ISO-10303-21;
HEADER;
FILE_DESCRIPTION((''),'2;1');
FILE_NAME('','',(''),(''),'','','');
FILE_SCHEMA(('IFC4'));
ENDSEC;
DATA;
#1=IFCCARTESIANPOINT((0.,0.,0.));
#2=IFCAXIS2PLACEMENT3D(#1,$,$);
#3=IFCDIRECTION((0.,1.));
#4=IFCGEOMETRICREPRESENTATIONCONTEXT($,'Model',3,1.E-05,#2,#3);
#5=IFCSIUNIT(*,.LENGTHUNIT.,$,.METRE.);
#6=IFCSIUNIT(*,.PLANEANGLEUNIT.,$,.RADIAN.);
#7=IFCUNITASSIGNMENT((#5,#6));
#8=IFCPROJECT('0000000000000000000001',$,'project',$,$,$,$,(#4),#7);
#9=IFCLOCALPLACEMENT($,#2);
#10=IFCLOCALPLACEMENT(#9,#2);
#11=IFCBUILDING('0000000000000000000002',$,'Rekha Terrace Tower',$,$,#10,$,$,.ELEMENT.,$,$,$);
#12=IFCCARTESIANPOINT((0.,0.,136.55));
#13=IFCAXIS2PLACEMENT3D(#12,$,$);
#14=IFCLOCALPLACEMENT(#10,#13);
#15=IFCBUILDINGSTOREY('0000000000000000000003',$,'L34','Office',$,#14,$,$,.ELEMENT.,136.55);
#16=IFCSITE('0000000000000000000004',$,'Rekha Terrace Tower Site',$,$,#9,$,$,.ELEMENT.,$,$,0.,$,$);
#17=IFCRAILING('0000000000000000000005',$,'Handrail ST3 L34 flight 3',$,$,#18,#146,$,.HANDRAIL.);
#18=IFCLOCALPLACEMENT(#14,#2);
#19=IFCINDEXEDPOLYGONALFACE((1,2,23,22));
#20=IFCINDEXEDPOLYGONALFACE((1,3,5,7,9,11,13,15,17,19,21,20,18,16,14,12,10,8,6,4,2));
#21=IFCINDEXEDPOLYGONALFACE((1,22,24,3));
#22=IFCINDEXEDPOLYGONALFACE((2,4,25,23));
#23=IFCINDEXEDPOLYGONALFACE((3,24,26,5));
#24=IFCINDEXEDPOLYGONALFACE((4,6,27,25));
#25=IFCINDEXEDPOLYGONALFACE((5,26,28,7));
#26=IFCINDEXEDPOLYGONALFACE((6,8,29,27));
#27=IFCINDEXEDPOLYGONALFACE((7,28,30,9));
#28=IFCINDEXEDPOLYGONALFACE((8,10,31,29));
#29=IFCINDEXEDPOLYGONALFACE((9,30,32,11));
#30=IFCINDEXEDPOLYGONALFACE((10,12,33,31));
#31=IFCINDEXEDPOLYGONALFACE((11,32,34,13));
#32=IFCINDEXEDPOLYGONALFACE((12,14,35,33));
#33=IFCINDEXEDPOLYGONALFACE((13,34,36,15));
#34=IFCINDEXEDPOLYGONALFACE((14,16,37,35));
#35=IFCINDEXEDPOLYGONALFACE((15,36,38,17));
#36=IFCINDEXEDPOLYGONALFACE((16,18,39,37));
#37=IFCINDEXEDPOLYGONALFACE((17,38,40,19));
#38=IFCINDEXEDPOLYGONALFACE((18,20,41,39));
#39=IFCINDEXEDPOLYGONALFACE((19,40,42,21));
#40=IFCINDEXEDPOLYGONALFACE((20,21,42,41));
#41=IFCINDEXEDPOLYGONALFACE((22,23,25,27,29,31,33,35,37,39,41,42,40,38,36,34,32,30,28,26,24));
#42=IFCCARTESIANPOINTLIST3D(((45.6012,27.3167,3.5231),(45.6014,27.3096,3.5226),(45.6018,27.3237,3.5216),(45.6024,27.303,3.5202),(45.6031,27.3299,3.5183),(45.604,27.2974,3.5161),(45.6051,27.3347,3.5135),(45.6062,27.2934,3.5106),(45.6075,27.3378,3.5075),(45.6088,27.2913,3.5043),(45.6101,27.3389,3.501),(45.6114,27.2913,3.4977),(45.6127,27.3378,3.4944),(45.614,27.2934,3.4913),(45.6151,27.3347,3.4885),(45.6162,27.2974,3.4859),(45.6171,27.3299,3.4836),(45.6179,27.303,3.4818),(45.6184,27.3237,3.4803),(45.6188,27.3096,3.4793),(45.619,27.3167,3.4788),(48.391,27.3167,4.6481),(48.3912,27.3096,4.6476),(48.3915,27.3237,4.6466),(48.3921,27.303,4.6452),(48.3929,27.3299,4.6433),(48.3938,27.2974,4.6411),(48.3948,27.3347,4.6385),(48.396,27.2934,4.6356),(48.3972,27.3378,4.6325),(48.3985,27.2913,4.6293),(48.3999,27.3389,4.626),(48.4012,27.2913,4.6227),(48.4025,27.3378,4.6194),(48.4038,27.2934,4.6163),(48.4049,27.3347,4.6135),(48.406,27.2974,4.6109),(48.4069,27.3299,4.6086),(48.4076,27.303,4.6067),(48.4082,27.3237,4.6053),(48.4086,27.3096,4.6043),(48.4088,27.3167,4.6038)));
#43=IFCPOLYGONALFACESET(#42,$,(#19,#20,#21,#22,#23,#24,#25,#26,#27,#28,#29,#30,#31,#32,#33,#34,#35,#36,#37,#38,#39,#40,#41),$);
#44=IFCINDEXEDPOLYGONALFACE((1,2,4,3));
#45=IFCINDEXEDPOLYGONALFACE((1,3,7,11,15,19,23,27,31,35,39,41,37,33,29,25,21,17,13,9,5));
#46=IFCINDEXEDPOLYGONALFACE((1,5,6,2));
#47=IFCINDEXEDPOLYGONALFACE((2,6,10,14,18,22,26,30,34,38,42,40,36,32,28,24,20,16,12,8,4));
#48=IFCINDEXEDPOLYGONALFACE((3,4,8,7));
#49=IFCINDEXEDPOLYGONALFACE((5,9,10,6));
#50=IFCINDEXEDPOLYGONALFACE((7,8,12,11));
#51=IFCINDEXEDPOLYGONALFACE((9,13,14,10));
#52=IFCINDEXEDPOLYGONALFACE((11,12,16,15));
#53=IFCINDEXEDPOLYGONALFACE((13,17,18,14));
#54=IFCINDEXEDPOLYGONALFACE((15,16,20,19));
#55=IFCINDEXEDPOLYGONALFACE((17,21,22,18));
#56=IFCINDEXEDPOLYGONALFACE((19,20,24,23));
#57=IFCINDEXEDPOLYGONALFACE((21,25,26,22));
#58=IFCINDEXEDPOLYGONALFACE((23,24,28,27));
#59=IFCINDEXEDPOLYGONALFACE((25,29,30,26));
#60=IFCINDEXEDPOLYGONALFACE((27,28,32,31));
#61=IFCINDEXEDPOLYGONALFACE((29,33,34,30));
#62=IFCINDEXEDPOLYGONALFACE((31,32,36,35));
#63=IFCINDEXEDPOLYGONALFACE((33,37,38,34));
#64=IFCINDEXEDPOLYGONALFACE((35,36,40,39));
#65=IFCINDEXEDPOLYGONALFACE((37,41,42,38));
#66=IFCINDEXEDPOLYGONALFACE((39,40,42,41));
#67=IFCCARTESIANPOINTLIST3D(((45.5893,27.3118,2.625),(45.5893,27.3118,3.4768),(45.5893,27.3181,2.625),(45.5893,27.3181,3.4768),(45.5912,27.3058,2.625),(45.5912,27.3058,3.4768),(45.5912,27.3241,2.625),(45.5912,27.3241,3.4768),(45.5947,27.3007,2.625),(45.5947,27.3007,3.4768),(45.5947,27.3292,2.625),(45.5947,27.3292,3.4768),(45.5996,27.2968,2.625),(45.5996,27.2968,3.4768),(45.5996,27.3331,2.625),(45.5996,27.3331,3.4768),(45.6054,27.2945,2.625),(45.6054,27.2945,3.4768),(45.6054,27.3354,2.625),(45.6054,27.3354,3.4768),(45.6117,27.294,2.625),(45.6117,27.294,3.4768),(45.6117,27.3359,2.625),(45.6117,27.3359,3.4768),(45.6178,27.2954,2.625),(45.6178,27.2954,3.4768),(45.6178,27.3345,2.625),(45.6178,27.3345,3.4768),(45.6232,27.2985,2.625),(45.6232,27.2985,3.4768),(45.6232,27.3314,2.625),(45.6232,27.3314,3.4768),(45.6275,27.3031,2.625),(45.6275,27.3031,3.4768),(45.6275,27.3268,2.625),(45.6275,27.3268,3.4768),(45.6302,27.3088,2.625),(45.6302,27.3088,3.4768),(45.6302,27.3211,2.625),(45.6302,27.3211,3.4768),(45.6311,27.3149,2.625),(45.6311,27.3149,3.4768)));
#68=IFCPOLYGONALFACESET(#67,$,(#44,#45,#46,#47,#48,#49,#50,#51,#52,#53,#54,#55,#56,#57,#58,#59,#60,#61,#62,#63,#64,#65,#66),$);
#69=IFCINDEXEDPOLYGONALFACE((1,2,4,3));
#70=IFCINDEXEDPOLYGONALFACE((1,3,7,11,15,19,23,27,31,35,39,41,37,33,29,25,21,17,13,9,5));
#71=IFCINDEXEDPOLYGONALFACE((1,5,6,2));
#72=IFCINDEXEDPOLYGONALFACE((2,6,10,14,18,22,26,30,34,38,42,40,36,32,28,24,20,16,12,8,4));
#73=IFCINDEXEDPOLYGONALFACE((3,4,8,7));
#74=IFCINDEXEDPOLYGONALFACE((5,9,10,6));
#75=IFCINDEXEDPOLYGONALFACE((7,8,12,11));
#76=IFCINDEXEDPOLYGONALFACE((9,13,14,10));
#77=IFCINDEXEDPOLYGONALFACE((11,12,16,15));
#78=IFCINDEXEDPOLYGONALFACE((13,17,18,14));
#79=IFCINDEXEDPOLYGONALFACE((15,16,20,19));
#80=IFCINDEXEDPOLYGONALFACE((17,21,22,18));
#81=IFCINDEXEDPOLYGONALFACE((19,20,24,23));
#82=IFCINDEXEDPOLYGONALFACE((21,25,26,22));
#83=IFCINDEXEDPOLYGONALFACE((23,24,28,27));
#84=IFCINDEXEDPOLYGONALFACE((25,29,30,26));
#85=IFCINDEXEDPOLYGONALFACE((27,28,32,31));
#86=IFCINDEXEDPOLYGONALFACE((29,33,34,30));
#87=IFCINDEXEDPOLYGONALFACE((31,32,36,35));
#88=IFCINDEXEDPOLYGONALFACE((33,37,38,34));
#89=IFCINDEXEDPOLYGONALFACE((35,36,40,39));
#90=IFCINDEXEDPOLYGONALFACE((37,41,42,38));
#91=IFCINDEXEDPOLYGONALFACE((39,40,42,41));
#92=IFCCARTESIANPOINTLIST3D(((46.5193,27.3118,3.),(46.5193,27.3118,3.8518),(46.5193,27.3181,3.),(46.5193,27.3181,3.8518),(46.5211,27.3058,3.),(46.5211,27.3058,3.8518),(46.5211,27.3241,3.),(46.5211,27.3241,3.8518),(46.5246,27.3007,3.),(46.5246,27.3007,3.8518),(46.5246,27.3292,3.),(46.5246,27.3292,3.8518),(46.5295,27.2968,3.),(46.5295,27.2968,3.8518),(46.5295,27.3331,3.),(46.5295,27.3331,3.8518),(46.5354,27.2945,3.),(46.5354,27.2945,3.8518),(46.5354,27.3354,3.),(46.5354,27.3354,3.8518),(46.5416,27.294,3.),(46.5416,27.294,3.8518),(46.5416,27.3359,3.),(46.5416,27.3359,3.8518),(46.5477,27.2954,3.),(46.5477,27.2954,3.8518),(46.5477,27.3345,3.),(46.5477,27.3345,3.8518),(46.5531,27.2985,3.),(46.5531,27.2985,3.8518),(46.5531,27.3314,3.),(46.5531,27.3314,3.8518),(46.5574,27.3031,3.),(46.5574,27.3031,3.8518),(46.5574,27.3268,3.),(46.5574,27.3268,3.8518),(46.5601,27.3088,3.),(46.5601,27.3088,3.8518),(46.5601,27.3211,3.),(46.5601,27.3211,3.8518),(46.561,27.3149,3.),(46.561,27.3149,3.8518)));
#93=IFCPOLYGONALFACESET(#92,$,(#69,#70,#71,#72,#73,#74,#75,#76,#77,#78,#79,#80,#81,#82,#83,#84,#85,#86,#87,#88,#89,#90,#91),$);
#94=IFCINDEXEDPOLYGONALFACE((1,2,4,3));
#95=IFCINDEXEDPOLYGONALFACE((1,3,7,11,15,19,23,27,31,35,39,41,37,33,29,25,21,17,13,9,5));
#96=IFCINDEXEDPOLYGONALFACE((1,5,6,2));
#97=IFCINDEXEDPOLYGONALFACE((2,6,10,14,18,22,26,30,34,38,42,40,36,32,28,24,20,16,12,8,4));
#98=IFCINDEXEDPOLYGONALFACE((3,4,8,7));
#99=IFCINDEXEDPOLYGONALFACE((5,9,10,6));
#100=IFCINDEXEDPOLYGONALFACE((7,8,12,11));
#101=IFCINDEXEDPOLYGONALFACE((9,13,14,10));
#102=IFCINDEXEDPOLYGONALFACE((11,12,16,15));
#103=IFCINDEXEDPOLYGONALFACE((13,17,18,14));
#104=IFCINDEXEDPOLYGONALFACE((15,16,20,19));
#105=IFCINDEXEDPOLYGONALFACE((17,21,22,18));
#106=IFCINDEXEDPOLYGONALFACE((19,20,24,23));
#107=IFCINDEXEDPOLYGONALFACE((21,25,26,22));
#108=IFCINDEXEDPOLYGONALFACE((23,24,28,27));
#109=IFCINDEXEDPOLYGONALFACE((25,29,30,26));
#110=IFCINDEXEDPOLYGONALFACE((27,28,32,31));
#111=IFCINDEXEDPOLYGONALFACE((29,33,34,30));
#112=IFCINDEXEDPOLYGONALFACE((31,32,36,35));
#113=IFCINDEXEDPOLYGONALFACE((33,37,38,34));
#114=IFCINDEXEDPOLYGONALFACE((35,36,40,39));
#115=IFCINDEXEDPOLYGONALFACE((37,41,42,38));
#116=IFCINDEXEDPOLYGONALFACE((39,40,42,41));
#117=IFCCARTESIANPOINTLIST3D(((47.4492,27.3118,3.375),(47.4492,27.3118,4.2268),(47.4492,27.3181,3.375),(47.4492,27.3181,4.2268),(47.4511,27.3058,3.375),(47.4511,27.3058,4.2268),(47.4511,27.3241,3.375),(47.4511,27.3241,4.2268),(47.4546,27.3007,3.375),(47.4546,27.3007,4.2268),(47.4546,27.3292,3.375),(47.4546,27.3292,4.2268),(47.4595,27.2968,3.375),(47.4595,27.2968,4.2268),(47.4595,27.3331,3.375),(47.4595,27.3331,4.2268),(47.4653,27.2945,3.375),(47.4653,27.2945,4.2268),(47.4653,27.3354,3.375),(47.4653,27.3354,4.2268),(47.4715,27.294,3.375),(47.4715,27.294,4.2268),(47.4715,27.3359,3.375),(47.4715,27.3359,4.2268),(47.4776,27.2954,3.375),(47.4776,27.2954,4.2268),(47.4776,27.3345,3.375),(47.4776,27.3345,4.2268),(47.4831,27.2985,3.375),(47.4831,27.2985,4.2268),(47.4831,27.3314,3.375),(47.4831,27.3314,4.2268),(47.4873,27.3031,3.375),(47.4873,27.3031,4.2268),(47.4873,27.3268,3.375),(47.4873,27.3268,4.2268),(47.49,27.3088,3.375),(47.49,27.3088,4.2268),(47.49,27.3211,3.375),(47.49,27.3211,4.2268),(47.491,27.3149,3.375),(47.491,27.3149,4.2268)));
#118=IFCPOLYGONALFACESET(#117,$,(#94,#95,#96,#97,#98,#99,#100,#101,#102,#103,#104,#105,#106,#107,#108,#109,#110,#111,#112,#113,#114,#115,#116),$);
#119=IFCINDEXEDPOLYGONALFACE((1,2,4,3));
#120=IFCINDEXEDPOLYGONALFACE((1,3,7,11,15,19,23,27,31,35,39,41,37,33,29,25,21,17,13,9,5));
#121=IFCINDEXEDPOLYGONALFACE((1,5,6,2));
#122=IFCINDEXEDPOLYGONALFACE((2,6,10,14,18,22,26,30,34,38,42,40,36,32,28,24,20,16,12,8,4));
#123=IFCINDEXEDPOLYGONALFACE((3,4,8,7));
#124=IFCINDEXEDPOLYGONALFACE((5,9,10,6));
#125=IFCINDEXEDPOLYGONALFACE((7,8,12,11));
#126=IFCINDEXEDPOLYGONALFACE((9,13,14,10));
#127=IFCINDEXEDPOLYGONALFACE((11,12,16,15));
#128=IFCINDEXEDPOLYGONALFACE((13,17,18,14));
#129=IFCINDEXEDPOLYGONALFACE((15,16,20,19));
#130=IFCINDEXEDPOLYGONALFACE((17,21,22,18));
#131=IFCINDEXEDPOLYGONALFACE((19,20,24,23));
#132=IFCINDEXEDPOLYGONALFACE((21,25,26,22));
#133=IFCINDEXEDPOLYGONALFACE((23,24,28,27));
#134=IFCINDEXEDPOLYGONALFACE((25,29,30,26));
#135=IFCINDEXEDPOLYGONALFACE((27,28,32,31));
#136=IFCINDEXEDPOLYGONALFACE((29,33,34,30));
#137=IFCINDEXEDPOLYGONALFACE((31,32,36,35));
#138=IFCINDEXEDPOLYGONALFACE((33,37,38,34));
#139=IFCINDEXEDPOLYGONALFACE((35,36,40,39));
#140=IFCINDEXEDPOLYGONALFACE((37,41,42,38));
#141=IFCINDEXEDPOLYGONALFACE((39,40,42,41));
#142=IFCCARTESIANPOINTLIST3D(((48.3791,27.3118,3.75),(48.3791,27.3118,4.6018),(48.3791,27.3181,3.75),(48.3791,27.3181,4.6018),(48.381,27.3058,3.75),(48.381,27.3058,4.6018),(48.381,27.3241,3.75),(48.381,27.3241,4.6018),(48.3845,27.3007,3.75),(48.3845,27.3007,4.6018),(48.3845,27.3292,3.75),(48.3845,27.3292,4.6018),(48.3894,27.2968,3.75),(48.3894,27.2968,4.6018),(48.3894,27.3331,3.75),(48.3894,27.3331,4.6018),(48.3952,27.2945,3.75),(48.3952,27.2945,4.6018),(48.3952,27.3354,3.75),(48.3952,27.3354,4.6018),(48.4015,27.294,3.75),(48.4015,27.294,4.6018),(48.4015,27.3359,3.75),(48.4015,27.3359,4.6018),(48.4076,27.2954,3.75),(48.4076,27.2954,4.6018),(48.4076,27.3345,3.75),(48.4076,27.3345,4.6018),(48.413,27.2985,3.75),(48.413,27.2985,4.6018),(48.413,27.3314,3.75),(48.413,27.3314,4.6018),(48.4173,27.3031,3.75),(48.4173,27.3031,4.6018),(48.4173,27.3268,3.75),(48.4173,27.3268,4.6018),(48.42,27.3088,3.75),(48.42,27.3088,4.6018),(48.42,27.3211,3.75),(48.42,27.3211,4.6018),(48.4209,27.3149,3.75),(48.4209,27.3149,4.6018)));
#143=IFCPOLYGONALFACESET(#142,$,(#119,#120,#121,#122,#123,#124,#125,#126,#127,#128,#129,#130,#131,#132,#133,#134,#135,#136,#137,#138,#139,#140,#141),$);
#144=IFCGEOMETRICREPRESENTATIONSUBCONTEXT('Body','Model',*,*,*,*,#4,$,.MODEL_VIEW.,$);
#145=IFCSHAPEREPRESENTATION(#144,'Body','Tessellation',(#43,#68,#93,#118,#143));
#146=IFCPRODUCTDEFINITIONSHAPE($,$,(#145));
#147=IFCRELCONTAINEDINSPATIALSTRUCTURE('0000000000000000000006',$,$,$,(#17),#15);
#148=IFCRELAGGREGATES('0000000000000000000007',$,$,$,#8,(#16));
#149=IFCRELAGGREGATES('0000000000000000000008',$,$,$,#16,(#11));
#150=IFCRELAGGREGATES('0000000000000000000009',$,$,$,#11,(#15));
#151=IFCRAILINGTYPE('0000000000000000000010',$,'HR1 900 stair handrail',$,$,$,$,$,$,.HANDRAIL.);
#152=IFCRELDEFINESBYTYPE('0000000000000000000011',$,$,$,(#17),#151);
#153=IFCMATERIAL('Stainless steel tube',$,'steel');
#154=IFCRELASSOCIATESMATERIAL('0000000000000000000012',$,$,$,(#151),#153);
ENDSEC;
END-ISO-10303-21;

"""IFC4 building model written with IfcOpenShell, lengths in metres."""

from ifc_helpers import new_model, si_unit, direction, frame, origin, origin_2d, place, context, subcontext, project, spatial, circle, extrude, material, type_object, element, save


model = new_model("IFC4")

# Units and contexts
model_context = context("Model", 3, precision=1e-05, world=origin(), true_north=direction((0.0, 1.0)))
body_context = subcontext(model_context, "Body", "Model", "MODEL_VIEW")
ifc_project = project(units=[si_unit("LENGTHUNIT", "METRE"), si_unit("PLANEANGLEUNIT", "RADIAN")], contexts=[model_context])

# Site, building, storey
site_placement = place(None, origin())
site = spatial("IfcSite", under=ifc_project, at=site_placement, Name="Rekha Terrace Tower Site", CompositionType="ELEMENT", RefElevation=0.0)
building_placement = place(site_placement, origin())
building = spatial("IfcBuilding", under=site, at=building_placement, Name="Rekha Terrace Tower", CompositionType="ELEMENT")
storey_placement = place(building_placement, frame((0.0, 0.0, 136.55)))
storey = spatial("IfcBuildingStorey", under=building, at=storey_placement, Name="L34", Description="Office", CompositionType="ELEMENT", Elevation=136.55)

# Railing
ifc_material_1 = material(Name="Stainless steel tube", Category="steel")
railing_type_1 = type_object("IfcRailingType", Name="HR1 900 stair handrail", PredefinedType="HANDRAIL", material=ifc_material_1)
railing_1_placement = place(storey_placement, frame((45.6101, 27.3149, 2.625)))
element("IfcRailing", 1, at=railing_1_placement, inside=storey, type_object=railing_type_1, Name="Handrail ST3 L34 flight 3", PredefinedType="HANDRAIL", context=body_context, shape_type="SweptSolid", body=[
    extrude(circle(Radius=0.0239, at=origin_2d()), frame((0.0, 0.0, 0.876), z_axis=(0.927432, 0.0, 0.373992), x_axis=(0.0, 1.0, 0.0)), (0.0, 0.0, 1.0), 3.0081),
    extrude(circle(Radius=0.021, at=origin_2d()), origin(), (0.0, 0.0, 1.0), 0.8518),
    extrude(circle(Radius=0.021, at=origin_2d()), frame((0.9299, 0.0, 0.375)), (0.0, 0.0, 1.0), 0.8518),
    extrude(circle(Radius=0.021, at=origin_2d()), frame((1.8599, 0.0, 0.75)), (0.0, 0.0, 1.0), 0.8518),
    extrude(circle(Radius=0.021, at=origin_2d()), frame((2.7898, 0.0, 1.125)), (0.0, 0.0, 1.0), 0.8518),
])

save(model, "model.ifc")
